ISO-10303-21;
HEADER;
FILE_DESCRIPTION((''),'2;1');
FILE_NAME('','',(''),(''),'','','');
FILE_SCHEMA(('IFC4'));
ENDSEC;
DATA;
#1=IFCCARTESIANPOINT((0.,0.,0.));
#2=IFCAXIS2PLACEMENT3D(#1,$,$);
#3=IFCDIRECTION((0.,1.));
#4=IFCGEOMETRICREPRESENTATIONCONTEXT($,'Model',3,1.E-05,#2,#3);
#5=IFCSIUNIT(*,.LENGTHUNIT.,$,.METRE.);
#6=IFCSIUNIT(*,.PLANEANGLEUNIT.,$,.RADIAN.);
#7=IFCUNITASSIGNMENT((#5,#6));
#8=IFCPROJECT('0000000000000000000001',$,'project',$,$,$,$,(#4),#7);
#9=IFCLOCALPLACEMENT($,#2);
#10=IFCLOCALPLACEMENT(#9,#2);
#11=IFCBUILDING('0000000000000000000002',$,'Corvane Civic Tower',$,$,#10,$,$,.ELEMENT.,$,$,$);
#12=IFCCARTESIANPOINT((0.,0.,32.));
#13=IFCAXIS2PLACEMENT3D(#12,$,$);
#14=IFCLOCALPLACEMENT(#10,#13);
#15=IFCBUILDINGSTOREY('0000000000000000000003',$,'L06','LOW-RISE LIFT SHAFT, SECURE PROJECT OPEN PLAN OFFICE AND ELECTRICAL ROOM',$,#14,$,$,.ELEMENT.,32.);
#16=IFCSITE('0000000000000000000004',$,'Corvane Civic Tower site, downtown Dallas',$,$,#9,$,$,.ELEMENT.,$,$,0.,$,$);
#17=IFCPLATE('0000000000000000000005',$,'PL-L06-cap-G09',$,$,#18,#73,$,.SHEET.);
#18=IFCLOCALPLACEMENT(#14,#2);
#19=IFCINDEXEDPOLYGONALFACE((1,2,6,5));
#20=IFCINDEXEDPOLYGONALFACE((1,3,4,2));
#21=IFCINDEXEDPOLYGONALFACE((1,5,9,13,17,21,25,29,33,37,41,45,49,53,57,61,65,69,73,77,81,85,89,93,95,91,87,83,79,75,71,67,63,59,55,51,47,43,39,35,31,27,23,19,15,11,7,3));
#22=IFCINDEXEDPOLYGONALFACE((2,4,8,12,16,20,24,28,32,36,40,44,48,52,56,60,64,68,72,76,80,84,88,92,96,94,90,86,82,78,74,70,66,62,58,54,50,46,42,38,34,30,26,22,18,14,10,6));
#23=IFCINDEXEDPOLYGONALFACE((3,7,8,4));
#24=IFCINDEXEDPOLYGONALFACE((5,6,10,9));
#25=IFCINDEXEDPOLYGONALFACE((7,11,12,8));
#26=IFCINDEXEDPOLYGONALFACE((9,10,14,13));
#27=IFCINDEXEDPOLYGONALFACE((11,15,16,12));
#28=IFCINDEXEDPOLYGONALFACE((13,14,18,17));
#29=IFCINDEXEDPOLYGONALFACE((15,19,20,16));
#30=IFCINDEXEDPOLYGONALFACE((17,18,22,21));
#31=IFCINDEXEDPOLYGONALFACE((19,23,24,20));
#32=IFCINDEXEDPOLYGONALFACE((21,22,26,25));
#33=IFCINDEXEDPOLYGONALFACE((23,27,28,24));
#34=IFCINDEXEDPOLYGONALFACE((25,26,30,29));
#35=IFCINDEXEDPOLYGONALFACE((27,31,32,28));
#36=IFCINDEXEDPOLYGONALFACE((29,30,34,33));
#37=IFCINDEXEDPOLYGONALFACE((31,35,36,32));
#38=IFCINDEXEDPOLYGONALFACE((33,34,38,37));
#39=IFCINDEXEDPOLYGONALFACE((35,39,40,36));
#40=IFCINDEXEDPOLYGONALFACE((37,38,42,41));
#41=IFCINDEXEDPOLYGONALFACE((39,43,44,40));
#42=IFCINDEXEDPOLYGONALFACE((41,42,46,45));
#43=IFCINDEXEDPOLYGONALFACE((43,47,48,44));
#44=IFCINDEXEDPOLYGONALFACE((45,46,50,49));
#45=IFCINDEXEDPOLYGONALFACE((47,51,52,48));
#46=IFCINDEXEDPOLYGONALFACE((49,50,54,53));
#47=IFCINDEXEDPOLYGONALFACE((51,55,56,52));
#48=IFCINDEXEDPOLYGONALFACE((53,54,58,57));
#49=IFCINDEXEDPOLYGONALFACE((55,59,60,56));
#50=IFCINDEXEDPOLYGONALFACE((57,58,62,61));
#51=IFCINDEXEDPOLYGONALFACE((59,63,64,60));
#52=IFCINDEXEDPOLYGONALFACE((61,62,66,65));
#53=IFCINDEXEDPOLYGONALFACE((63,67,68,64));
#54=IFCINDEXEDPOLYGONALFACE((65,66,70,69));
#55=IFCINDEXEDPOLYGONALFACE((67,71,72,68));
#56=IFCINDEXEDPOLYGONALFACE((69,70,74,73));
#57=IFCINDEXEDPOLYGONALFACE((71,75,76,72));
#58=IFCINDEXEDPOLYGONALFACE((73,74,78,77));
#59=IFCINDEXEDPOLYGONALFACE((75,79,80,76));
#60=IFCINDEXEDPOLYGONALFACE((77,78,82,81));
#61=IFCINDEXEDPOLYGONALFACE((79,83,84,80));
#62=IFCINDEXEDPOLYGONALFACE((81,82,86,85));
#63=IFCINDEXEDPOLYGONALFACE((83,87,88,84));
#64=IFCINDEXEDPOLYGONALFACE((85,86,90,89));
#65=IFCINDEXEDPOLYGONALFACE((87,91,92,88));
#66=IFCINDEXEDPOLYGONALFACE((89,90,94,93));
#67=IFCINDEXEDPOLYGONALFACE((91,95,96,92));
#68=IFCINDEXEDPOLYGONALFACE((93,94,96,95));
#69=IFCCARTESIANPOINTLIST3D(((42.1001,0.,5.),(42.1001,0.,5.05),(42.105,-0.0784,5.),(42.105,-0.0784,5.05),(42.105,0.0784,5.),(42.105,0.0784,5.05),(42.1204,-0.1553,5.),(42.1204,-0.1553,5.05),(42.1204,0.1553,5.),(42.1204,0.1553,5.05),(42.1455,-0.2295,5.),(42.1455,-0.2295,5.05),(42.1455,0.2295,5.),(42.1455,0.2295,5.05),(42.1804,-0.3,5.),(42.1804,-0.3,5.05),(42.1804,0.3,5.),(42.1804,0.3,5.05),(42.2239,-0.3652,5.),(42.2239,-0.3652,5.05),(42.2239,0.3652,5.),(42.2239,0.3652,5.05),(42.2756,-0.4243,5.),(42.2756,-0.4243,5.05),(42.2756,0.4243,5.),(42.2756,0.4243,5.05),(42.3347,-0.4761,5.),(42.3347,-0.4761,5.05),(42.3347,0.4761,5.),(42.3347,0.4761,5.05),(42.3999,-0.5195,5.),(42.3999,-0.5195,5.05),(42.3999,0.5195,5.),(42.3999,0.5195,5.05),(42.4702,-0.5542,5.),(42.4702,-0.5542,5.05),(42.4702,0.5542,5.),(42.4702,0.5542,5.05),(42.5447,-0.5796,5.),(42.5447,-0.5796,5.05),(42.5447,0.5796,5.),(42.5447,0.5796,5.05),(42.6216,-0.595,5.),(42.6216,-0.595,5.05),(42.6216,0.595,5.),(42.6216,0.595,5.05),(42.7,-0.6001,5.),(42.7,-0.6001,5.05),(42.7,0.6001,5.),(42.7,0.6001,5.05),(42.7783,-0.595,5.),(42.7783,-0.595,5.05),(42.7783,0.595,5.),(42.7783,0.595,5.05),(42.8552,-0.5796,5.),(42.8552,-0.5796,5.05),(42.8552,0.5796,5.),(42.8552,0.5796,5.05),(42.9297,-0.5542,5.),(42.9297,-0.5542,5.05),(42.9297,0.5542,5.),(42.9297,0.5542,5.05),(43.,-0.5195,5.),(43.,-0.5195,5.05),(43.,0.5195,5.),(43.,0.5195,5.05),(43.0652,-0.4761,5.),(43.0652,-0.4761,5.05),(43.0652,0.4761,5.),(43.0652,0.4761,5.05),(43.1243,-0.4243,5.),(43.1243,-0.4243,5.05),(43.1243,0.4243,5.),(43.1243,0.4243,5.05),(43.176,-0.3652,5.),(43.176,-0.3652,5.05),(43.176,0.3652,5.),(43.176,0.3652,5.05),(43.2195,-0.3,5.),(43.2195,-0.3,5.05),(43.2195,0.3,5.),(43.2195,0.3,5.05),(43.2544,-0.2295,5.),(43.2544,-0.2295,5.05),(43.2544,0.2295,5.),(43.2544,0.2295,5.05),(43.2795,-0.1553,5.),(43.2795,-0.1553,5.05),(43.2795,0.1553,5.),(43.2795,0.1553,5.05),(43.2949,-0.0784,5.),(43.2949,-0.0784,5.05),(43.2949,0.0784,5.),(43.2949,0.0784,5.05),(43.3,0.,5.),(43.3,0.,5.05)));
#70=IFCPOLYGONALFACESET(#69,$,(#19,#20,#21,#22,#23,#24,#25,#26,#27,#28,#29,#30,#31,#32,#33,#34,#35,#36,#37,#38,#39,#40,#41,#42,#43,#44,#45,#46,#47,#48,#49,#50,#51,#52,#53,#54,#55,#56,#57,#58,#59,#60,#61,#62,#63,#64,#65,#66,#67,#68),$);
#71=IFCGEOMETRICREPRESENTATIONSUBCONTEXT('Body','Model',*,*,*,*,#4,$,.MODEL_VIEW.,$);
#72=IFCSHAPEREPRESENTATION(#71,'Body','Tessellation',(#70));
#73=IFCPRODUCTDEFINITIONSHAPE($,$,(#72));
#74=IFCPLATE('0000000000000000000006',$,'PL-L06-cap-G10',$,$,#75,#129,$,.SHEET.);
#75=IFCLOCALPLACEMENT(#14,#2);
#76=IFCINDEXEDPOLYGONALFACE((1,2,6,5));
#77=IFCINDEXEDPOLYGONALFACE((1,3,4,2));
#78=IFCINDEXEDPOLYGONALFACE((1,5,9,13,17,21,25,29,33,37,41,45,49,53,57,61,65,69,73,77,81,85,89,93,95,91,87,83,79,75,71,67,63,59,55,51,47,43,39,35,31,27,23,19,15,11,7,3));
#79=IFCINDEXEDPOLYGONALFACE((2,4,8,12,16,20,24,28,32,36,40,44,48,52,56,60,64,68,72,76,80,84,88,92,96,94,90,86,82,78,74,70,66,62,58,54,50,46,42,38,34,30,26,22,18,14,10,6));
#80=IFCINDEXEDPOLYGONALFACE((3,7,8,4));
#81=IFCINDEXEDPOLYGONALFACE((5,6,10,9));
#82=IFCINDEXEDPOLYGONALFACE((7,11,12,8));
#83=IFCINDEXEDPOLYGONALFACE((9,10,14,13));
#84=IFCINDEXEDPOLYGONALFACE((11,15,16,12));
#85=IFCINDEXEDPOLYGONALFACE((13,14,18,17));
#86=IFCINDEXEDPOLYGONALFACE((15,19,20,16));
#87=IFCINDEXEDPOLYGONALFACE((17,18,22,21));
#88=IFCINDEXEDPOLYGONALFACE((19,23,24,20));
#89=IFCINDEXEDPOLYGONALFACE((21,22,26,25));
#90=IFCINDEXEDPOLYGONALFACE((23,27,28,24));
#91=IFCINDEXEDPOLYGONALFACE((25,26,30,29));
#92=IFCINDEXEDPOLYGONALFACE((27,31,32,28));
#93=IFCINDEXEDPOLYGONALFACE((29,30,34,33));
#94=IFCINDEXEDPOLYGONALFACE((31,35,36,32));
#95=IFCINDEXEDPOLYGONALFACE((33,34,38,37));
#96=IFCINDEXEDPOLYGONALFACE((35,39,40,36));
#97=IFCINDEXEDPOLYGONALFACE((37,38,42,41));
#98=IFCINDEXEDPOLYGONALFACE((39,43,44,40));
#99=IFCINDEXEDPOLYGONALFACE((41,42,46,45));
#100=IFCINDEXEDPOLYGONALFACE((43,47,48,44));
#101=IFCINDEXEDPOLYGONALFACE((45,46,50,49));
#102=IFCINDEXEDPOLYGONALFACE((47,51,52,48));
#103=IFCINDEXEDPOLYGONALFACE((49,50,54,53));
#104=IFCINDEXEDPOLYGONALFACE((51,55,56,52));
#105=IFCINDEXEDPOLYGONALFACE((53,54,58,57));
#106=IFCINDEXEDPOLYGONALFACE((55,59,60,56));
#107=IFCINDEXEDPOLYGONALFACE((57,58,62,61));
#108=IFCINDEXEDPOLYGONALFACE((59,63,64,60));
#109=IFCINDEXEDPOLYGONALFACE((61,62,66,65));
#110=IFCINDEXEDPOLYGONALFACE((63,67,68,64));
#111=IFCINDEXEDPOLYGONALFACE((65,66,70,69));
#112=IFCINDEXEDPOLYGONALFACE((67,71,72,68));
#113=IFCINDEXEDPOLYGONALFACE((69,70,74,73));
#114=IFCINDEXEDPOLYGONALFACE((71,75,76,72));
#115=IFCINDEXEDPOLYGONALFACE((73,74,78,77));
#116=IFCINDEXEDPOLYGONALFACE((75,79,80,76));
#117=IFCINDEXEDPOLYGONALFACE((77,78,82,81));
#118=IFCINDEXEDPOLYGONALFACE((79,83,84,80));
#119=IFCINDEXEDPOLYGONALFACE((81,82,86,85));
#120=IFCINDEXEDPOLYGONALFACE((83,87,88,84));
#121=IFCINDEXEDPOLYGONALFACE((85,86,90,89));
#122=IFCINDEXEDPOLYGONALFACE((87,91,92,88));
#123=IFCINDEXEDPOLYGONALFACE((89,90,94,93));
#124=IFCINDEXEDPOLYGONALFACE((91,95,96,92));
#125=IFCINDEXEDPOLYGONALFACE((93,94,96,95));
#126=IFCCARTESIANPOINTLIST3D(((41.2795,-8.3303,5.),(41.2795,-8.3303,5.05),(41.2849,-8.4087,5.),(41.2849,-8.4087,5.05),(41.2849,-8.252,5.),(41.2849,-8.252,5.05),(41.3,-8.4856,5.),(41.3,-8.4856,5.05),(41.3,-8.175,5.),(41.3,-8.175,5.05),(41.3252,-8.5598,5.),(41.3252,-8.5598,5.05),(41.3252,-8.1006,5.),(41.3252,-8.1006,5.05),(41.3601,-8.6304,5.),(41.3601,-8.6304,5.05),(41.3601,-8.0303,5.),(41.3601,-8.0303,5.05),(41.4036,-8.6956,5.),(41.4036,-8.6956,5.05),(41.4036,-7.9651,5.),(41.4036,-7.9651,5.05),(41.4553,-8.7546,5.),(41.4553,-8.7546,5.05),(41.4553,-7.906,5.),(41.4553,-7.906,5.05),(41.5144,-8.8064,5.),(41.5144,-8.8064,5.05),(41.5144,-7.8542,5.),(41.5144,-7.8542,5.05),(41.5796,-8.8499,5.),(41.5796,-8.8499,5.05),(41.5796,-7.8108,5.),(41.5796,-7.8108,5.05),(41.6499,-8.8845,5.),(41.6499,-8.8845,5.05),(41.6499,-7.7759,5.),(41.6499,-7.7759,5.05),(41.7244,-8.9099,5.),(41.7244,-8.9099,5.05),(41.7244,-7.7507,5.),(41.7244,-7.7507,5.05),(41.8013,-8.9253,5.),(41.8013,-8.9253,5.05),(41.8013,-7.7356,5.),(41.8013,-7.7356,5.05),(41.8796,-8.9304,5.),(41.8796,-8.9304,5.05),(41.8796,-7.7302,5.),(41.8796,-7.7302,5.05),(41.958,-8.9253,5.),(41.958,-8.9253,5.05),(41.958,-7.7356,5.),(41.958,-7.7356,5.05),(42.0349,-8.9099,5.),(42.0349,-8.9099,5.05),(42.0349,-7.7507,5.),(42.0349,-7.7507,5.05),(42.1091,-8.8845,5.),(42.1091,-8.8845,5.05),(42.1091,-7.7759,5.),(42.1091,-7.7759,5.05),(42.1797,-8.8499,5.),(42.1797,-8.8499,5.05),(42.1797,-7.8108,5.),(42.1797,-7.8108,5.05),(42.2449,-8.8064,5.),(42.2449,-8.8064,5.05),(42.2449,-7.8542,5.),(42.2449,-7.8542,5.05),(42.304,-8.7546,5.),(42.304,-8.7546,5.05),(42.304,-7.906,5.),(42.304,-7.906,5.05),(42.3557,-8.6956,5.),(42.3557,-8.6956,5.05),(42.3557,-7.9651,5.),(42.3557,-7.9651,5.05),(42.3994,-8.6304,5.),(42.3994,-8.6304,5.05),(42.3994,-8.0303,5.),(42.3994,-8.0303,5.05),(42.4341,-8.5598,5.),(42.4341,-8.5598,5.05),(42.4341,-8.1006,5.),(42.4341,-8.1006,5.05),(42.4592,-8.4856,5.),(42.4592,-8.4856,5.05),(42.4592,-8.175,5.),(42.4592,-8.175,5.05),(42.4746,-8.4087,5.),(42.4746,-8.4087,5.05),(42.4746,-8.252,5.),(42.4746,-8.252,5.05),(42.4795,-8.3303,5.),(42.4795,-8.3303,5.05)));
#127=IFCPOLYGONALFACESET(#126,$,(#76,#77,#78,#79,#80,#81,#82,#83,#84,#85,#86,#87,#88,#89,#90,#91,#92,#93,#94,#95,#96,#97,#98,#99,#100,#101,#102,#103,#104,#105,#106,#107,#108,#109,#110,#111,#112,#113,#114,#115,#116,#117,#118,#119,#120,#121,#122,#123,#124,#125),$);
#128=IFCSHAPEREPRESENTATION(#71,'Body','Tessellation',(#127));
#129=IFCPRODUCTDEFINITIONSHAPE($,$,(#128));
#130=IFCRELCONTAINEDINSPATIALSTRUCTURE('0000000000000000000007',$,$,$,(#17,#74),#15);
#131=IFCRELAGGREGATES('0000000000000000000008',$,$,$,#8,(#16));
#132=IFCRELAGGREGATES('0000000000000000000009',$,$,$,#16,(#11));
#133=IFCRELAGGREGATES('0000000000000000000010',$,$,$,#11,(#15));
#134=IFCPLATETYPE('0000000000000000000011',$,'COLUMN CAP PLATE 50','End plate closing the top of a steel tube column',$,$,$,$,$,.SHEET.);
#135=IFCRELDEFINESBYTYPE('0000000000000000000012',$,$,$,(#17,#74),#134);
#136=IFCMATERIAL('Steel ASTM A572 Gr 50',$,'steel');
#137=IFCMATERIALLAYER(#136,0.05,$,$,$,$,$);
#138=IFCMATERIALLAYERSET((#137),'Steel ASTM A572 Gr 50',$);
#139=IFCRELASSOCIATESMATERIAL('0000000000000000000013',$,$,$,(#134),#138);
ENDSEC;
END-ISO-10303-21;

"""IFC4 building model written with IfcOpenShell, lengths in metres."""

from ifc_helpers import new_model, si_unit, direction, frame, origin, place, context, subcontext, project, spatial, polyline, outline, extrude, material, layer, layer_set, type_object, element, save


model = new_model("IFC4")

# Units and contexts
model_context = context("Model", 3, precision=1e-05, world=origin(), true_north=direction((0.0, 1.0)))
body_context = subcontext(model_context, "Body", "Model", "MODEL_VIEW")
ifc_project = project(units=[si_unit("LENGTHUNIT", "METRE"), si_unit("PLANEANGLEUNIT", "RADIAN")], contexts=[model_context])

# Site, building, storey
site_placement = place(None, origin())
site = spatial("IfcSite", under=ifc_project, at=site_placement, Name="Corvane Civic Tower site, downtown Dallas", CompositionType="ELEMENT", RefElevation=0.0)
building_placement = place(site_placement, origin())
building = spatial("IfcBuilding", under=site, at=building_placement, Name="Corvane Civic Tower", CompositionType="ELEMENT")
storey_placement = place(building_placement, frame((0.0, 0.0, 32.0)))
storey = spatial("IfcBuildingStorey", under=building, at=storey_placement, Name="L06", Description="LOW-RISE LIFT SHAFT, SECURE PROJECT OPEN PLAN OFFICE AND ELECTRICAL ROOM", CompositionType="ELEMENT", Elevation=32.0)

# Plates
ifc_material_1 = material(Name="Steel ASTM A572 Gr 50", Category="steel")
ifc_layer_1 = layer(ifc_material_1, 0.05)
ifc_layer_set_1 = layer_set([ifc_layer_1], Name="Steel ASTM A572 Gr 50")
plate_type = type_object("IfcPlateType", Name="COLUMN CAP PLATE 50", Description="End plate closing the top of a steel tube column", PredefinedType="SHEET", material=ifc_layer_set_1)
plate_1_placement = place(storey_placement, frame((0.0, 0.0, 5.0)))
element("IfcPlate", 1, at=plate_1_placement, inside=storey, type_object=plate_type, Name="PL-L06-cap-G09", PredefinedType="SHEET", context=body_context, shape_type="SweptSolid", body=[
    extrude(outline(polyline([(43.3, 0.0), (43.2949, 0.0784), (43.2795, 0.1553), (43.2544, 0.2295), (43.2195, 0.3), (43.176, 0.3652), (43.1243, 0.4243), (43.0652, 0.4761), (43.0, 0.5195), (42.9297, 0.5542), (42.8552, 0.5796), (42.7783, 0.595), (42.7, 0.6001), (42.6216, 0.595), (42.5447, 0.5796), (42.4702, 0.5542), (42.3999, 0.5195), (42.3347, 0.4761), (42.2756, 0.4243), (42.2239, 0.3652), (42.1804, 0.3), (42.1455, 0.2295), (42.1204, 0.1553), (42.105, 0.0784), (42.1001, 0.0), (42.105, -0.0784), (42.1204, -0.1553), (42.1455, -0.2295), (42.1804, -0.3), (42.2239, -0.3652), (42.2756, -0.4243), (42.3347, -0.4761), (42.3999, -0.5195), (42.4702, -0.5542), (42.5447, -0.5796), (42.6216, -0.595), (42.7, -0.6001), (42.7783, -0.595), (42.8552, -0.5796), (42.9297, -0.5542), (43.0, -0.5195), (43.0652, -0.4761), (43.1243, -0.4243), (43.176, -0.3652), (43.2195, -0.3), (43.2544, -0.2295), (43.2795, -0.1553), (43.2949, -0.0784), (43.3, 0.0)])), origin(), (0.0, 0.0, 1.0), 0.05),
])
plate_2_placement = place(storey_placement, frame((0.0, 0.0, 5.0)))
element("IfcPlate", 2, at=plate_2_placement, inside=storey, type_object=plate_type, Name="PL-L06-cap-G10", PredefinedType="SHEET", context=body_context, shape_type="SweptSolid", body=[
    extrude(outline(polyline([(42.4795, -8.3303), (42.4746, -8.252), (42.4592, -8.175), (42.4341, -8.1006), (42.3994, -8.0303), (42.3557, -7.9651), (42.304, -7.906), (42.2449, -7.8542), (42.1797, -7.8108), (42.1091, -7.7759), (42.0349, -7.7507), (41.958, -7.7356), (41.8796, -7.7302), (41.8013, -7.7356), (41.7244, -7.7507), (41.6499, -7.7759), (41.5796, -7.8108), (41.5144, -7.8542), (41.4553, -7.906), (41.4036, -7.9651), (41.3601, -8.0303), (41.3252, -8.1006), (41.3, -8.175), (41.2849, -8.252), (41.2795, -8.3303), (41.2849, -8.4087), (41.3, -8.4856), (41.3252, -8.5598), (41.3601, -8.6304), (41.4036, -8.6956), (41.4553, -8.7546), (41.5144, -8.8064), (41.5796, -8.8499), (41.6499, -8.8845), (41.7244, -8.9099), (41.8013, -8.9253), (41.8796, -8.9304), (41.958, -8.9253), (42.0349, -8.9099), (42.1091, -8.8845), (42.1797, -8.8499), (42.2449, -8.8064), (42.304, -8.7546), (42.3557, -8.6956), (42.3994, -8.6304), (42.4341, -8.5598), (42.4592, -8.4856), (42.4746, -8.4087), (42.4795, -8.3303)])), origin(), (0.0, 0.0, 1.0), 0.05),
])

save(model, "model.ifc")
